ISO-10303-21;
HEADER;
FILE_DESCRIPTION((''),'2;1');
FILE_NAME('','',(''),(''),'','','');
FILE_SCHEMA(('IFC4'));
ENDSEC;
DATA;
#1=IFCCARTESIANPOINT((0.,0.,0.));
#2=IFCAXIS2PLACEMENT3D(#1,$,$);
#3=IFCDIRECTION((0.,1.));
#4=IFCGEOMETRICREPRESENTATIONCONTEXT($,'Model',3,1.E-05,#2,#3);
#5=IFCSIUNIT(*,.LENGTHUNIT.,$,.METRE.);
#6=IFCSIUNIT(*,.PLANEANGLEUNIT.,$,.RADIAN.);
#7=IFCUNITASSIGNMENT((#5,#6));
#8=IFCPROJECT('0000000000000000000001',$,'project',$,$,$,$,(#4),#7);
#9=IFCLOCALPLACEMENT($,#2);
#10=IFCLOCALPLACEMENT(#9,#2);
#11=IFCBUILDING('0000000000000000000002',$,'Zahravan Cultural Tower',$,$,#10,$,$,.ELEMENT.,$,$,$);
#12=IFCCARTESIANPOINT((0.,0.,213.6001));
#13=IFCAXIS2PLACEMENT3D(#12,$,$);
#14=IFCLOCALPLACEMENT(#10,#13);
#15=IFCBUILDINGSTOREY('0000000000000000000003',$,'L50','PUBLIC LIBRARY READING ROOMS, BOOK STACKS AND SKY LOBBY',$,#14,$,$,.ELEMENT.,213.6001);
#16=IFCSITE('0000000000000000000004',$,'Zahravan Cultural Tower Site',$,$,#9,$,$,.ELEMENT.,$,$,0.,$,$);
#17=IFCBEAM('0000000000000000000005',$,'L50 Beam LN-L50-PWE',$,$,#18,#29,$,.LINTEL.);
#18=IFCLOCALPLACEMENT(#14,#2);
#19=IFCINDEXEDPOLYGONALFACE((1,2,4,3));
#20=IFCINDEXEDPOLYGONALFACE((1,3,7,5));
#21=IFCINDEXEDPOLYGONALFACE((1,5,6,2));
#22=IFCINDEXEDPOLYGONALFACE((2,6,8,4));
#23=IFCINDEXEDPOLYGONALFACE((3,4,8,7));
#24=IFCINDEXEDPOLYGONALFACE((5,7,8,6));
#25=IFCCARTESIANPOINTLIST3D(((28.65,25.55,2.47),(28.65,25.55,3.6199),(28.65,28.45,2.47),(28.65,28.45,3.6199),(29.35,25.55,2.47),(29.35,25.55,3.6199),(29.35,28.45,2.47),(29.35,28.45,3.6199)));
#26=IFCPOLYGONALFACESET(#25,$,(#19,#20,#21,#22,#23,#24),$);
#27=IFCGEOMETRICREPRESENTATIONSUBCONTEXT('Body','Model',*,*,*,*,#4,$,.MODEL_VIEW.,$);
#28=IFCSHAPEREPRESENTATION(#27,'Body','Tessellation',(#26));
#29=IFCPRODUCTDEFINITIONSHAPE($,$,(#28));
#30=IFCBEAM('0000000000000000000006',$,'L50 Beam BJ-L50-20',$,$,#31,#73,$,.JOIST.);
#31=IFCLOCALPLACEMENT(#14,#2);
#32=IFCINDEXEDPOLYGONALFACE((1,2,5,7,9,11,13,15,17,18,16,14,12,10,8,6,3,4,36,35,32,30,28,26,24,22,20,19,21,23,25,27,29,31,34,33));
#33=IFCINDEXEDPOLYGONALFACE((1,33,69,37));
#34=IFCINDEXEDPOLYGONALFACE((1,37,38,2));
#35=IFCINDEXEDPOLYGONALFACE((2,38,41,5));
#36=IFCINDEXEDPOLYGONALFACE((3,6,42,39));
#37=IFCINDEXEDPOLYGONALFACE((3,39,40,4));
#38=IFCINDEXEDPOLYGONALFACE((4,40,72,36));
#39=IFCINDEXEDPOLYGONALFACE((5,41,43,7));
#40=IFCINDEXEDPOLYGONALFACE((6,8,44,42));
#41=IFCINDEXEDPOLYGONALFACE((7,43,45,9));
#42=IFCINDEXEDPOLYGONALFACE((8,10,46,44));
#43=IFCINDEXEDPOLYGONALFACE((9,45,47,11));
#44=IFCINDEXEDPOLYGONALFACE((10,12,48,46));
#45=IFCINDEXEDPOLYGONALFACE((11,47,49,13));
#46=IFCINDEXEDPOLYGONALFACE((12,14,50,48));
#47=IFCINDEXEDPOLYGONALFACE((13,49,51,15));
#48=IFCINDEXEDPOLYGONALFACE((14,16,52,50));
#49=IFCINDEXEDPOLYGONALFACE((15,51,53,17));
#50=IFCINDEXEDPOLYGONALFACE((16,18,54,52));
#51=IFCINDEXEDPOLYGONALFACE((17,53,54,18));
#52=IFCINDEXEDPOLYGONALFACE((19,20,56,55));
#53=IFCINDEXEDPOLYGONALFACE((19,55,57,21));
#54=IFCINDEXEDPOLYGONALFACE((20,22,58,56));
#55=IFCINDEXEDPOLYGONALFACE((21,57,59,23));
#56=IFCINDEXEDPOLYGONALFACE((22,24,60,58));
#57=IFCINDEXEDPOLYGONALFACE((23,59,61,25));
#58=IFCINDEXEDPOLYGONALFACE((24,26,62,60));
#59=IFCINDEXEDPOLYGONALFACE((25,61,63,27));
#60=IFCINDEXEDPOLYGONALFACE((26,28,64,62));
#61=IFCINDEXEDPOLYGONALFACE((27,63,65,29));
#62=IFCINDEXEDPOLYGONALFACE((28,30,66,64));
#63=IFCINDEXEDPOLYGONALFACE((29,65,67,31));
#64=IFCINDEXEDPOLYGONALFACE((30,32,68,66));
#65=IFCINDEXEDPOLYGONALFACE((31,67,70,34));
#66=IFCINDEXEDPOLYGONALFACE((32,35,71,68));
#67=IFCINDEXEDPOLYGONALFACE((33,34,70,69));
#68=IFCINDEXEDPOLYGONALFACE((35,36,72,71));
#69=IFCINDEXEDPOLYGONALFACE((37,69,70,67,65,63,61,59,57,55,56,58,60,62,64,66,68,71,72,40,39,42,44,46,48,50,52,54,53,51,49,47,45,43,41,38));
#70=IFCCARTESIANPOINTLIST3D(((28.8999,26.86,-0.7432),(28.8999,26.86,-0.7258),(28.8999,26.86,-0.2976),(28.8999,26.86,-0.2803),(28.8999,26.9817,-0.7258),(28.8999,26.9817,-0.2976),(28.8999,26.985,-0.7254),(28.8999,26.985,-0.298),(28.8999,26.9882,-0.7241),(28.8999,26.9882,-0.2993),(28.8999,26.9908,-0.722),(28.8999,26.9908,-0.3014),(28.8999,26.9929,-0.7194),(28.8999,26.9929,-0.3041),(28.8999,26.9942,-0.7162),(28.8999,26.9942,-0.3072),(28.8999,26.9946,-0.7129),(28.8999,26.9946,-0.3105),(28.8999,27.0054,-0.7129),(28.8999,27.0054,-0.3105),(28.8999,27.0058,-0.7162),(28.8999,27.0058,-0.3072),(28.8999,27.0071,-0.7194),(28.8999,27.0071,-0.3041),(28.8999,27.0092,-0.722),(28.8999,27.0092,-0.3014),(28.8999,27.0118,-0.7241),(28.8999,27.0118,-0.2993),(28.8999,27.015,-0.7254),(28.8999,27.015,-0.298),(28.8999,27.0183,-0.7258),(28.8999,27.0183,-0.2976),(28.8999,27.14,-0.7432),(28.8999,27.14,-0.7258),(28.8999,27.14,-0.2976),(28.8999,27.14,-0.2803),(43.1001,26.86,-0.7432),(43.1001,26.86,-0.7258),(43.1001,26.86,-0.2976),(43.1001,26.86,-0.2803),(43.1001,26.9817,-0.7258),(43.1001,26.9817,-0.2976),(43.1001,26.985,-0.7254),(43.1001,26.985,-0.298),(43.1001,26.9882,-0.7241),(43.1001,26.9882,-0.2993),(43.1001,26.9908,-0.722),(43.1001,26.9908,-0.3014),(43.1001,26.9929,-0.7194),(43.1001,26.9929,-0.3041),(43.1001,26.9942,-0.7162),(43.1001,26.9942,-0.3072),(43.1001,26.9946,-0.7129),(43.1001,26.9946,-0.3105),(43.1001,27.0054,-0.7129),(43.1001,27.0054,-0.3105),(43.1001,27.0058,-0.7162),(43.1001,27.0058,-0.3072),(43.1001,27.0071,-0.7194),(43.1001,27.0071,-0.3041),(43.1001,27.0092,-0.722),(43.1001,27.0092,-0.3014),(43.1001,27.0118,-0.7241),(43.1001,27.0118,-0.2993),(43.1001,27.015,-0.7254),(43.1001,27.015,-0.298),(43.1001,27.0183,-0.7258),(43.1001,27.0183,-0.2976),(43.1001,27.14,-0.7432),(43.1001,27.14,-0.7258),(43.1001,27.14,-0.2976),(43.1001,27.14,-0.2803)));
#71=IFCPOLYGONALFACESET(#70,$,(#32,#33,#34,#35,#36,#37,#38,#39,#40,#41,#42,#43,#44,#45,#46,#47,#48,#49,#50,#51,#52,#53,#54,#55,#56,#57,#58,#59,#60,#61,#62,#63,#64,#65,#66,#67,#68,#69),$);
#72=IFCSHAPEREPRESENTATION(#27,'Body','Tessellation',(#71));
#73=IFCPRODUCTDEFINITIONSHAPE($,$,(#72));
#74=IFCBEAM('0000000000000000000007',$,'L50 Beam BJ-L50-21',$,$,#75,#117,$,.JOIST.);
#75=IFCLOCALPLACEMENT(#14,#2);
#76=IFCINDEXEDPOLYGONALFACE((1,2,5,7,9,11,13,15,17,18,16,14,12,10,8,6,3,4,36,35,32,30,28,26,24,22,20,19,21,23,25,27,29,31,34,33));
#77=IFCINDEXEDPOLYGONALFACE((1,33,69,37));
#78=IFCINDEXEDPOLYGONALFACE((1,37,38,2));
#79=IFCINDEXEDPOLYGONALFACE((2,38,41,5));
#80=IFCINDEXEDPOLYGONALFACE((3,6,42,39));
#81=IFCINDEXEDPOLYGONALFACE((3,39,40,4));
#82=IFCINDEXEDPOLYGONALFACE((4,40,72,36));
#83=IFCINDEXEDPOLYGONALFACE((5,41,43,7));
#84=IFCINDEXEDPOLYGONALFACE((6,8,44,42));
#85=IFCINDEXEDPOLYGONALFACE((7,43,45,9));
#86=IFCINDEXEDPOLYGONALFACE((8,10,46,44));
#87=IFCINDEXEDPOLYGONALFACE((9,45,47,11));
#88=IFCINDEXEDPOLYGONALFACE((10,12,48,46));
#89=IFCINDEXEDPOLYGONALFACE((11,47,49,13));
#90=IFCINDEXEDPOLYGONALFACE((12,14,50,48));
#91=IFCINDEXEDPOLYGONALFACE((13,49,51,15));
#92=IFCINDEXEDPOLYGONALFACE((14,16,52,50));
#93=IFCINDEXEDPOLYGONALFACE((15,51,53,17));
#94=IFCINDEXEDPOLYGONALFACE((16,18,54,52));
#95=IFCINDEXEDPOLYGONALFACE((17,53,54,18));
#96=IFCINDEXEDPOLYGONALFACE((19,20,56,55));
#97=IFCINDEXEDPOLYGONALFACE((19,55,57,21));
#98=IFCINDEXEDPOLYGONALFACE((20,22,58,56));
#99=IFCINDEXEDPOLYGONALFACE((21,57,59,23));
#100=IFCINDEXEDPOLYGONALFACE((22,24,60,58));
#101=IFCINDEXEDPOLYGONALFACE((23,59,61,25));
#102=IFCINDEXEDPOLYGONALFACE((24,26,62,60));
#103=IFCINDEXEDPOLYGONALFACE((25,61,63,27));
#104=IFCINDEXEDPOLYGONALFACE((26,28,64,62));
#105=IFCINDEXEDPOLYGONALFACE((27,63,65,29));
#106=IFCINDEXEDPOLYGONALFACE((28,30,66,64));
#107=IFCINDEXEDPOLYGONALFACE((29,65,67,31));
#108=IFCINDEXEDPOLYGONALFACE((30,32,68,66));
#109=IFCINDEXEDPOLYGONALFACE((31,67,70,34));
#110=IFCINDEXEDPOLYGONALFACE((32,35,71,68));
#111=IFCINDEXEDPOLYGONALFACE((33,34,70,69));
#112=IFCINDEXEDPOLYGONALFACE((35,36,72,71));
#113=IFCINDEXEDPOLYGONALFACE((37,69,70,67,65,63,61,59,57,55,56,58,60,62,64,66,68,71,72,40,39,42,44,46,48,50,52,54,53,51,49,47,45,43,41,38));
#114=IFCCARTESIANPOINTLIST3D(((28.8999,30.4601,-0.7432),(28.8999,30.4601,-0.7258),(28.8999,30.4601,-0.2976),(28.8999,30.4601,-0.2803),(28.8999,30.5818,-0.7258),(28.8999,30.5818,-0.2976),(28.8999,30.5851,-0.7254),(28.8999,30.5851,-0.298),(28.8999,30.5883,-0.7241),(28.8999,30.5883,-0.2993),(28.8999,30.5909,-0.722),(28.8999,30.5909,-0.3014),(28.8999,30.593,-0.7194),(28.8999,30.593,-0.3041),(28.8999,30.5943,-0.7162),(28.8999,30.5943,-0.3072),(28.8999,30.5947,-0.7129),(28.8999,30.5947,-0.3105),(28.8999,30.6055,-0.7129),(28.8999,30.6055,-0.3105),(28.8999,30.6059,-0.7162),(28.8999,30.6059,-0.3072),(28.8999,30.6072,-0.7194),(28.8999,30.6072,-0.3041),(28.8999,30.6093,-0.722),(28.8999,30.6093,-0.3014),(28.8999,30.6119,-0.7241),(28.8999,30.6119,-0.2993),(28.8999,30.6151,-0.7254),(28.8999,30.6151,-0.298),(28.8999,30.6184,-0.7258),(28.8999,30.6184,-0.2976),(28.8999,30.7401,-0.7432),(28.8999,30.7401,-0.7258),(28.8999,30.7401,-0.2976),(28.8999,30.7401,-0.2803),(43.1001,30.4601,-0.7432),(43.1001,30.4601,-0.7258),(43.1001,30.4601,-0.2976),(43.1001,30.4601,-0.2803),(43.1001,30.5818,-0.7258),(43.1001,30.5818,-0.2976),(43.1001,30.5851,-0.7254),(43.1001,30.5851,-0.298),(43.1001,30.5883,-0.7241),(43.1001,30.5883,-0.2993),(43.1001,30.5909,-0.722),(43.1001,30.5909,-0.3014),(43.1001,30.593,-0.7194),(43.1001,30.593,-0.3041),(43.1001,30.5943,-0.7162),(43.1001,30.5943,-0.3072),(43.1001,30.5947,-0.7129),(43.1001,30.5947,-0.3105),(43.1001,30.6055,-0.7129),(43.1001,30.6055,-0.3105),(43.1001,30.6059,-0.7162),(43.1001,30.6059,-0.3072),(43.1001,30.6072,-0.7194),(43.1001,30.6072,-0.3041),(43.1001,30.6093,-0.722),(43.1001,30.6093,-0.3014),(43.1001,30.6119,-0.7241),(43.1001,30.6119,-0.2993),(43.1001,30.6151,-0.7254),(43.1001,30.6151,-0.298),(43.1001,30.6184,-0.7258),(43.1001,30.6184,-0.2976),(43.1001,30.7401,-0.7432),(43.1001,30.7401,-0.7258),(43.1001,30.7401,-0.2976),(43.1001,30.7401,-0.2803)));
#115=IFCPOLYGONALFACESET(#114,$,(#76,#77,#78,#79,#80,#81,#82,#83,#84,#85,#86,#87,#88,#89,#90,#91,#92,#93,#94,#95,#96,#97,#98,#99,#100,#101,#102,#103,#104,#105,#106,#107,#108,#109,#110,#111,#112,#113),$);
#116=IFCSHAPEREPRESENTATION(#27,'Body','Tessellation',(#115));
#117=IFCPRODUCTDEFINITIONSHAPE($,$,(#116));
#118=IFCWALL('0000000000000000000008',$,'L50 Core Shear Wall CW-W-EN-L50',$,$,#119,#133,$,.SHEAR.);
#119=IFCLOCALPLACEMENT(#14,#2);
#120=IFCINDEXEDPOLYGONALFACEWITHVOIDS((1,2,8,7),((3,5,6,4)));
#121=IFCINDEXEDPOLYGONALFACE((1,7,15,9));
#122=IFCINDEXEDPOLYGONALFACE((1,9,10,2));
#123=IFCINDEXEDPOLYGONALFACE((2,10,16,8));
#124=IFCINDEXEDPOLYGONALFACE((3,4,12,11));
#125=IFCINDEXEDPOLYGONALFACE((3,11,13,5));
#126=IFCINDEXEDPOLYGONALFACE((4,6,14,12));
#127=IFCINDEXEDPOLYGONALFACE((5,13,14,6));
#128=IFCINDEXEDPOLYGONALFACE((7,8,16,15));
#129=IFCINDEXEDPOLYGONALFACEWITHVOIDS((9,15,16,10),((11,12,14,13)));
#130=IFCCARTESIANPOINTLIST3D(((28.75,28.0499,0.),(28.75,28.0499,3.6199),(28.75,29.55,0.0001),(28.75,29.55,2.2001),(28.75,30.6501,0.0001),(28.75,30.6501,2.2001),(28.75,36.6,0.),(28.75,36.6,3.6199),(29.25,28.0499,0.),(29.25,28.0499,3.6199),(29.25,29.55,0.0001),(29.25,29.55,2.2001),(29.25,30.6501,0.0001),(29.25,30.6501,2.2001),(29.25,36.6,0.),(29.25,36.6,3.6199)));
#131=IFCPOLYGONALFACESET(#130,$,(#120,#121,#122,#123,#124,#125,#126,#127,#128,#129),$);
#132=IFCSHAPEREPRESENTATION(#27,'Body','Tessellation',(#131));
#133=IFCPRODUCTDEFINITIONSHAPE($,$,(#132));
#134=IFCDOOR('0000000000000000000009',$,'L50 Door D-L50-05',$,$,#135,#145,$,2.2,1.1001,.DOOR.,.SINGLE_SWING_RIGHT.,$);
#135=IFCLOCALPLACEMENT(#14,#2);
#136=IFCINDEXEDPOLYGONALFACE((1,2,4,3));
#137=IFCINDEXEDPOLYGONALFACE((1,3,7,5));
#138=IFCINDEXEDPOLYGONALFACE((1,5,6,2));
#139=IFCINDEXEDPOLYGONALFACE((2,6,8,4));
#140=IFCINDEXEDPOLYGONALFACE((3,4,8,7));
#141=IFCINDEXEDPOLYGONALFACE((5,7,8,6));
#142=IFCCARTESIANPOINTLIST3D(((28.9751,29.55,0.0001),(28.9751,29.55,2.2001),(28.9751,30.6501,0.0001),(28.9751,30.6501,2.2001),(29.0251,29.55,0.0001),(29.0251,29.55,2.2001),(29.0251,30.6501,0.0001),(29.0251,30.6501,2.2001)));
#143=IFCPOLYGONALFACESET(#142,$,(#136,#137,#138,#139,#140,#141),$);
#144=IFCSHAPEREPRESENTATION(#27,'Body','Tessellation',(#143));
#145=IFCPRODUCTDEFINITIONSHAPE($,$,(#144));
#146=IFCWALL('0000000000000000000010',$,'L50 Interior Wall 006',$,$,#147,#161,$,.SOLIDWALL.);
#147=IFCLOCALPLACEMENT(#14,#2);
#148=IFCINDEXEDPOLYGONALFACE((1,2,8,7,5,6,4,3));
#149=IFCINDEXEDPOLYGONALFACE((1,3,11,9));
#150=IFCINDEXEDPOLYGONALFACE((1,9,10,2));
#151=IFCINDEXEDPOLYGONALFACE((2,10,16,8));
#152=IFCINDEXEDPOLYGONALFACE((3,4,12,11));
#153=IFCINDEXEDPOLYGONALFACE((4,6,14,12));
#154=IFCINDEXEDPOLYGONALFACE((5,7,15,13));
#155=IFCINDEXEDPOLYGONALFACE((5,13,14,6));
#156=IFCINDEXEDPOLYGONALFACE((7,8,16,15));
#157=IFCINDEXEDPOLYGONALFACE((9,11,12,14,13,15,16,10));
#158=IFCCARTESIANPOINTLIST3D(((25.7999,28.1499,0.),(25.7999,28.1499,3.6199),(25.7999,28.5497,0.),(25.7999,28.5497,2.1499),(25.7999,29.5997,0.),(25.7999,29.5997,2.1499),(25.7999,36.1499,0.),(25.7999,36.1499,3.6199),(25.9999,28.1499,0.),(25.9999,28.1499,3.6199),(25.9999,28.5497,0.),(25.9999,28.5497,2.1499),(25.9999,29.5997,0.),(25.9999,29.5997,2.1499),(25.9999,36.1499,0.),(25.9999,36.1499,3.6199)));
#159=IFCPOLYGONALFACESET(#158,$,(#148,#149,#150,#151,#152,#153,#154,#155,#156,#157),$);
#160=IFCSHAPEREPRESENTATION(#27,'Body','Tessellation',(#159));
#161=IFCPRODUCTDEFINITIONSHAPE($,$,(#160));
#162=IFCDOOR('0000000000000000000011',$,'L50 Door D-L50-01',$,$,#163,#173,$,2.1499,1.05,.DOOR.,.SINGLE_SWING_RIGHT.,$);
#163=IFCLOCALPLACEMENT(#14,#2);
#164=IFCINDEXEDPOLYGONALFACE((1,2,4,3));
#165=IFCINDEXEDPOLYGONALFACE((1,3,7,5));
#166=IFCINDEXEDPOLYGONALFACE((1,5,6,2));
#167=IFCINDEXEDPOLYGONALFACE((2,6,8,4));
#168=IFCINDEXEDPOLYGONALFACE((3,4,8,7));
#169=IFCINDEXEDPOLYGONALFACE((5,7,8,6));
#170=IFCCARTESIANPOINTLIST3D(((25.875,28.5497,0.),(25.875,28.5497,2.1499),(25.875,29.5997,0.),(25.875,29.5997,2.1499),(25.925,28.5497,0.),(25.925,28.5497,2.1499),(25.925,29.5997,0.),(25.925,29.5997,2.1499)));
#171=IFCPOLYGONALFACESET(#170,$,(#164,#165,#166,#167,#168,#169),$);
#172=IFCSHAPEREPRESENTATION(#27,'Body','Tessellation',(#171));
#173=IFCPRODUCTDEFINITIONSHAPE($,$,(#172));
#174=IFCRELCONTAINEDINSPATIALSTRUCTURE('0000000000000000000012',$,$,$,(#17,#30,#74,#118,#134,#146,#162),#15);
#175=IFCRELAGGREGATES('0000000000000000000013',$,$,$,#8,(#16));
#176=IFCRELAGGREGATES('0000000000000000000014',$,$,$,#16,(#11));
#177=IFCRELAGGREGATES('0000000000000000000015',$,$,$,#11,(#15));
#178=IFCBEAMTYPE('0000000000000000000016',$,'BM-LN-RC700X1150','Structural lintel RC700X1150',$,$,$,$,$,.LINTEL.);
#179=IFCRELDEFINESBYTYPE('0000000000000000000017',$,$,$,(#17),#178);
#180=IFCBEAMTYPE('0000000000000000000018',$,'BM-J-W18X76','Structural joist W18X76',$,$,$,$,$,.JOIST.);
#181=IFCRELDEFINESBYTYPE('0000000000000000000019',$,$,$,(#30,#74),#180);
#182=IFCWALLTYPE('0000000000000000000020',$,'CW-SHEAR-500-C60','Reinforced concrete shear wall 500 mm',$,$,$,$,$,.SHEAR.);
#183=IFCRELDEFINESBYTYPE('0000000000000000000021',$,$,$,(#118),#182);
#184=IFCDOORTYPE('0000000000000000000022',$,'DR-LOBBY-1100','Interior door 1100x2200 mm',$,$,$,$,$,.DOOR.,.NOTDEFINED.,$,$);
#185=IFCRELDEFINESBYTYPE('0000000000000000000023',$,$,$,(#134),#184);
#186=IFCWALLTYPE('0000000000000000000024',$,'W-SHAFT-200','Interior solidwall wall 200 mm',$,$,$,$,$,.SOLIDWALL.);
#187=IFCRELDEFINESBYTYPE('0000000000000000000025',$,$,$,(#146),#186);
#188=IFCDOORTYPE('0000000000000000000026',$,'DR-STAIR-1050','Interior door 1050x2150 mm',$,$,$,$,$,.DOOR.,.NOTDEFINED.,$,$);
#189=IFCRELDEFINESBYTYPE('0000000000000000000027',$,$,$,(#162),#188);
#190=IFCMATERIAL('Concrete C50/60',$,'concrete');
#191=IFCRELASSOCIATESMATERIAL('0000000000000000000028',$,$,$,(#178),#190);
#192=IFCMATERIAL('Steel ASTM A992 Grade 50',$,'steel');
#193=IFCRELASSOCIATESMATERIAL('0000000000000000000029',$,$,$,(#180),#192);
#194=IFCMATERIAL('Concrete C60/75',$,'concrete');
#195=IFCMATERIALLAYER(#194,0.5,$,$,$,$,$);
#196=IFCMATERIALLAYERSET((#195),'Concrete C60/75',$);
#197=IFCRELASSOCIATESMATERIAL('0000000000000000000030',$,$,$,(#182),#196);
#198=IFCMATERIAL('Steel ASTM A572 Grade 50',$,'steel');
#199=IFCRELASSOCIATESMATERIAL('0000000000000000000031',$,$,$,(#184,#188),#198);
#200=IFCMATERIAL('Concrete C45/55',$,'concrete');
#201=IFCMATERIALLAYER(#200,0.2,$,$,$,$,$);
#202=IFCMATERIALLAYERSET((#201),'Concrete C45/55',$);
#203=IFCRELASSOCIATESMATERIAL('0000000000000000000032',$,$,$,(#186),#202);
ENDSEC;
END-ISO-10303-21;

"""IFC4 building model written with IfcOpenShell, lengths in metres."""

from ifc_helpers import new_model, si_unit, direction, frame, frame_2d, origin, origin_2d, place, context, subcontext, project, spatial, rectangle, i_section, extrude, source, transform, mapped, material, layer, layer_set, material_profile, profile_set, type_object, element, fill, save


model = new_model("IFC4")

# Units and contexts
model_context = context("Model", 3, precision=1e-05, world=origin(), true_north=direction((0.0, 1.0)))
body_context = subcontext(model_context, "Body", "Model", "MODEL_VIEW")
ifc_project = project(units=[si_unit("LENGTHUNIT", "METRE"), si_unit("PLANEANGLEUNIT", "RADIAN")], contexts=[model_context])

# Site, building, storey
site_placement = place(None, origin())
site = spatial("IfcSite", under=ifc_project, at=site_placement, Name="Zahravan Cultural Tower Site", CompositionType="ELEMENT", RefElevation=0.0)
building_placement = place(site_placement, origin())
building = spatial("IfcBuilding", under=site, at=building_placement, Name="Zahravan Cultural Tower", CompositionType="ELEMENT")
storey_placement = place(building_placement, frame((0.0, 0.0, 213.6001)))
storey = spatial("IfcBuildingStorey", under=building, at=storey_placement, Name="L50", Description="PUBLIC LIBRARY READING ROOMS, BOOK STACKS AND SKY LOBBY", CompositionType="ELEMENT", Elevation=213.6001)

# Beams
ifc_material_1 = material(Name="Concrete C50/60", Category="concrete")
ifc_material_profile_1 = material_profile(ifc_material_1, rectangle(XDim=0.7, YDim=1.1499, at=origin_2d()), Name="RC700X1150")
ifc_profile_set_1 = profile_set([ifc_material_profile_1], Name="Concrete C50/60")
beam_type_1 = type_object("IfcBeamType", Name="BM-LN-RC700X1150", Description="Structural lintel RC700X1150", PredefinedType="LINTEL", material=ifc_profile_set_1)
shared_shape_1 = source(origin(), body_context, "Body", "SweptSolid", [
    extrude(rectangle(XDim=0.7, YDim=1.1499, at=origin_2d()), origin(), (0.0, 0.0, 1.0), 2.8999),
])
beam_placement = place(storey_placement, frame((29.0, 25.55, 3.0449), z_axis=(0.0, 1.0, 0.0), x_axis=(-1.0, 0.0, 0.0)))
element("IfcBeam", 1, at=beam_placement, inside=storey, type_object=beam_type_1, Name="L50 Beam LN-L50-PWE", PredefinedType="LINTEL", context=body_context, shape_type="MappedRepresentation", body=[
    mapped(shared_shape_1, transform((0.0, 0.0, 0.0), x_axis=(1.0, 0.0, 0.0), y_axis=(0.0, 1.0, 0.0), z_axis=(0.0, 0.0, 1.0), scale=1.0)),
])
ifc_material_2 = material(Name="Steel ASTM A992 Grade 50", Category="steel")
ifc_material_profile_2 = material_profile(ifc_material_2, i_section(OverallWidth=0.28, OverallDepth=0.4629, WebThickness=0.0107, FlangeThickness=0.0173, FilletRadius=0.0129, at=origin_2d()), Name="W18X76")
ifc_profile_set_2 = profile_set([ifc_material_profile_2], Name="Steel ASTM A992 Grade 50")
beam_type_2 = type_object("IfcBeamType", Name="BM-J-W18X76", Description="Structural joist W18X76", PredefinedType="JOIST", material=ifc_profile_set_2)
shared_shape_2 = source(origin(), body_context, "Body", "SweptSolid", [
    extrude(i_section(OverallWidth=0.28, OverallDepth=0.4629, WebThickness=0.0107, FlangeThickness=0.0173, FilletRadius=0.0129, at=origin_2d()), origin(), (0.0, 0.0, 1.0), 14.2002),
])
for number, where, z_axis, x_axis, name in (
    (2, (28.8999, 27.0, -0.5117), (1.0, 0.0, 0.0), (0.0, 1.0, 0.0), "L50 Beam BJ-L50-20"),
    (3, (28.8999, 30.6001, -0.5117), (1.0, 0.0, 0.0), (0.0, 1.0, 0.0), "L50 Beam BJ-L50-21"),
):
    element("IfcBeam", number, at=place(storey_placement, frame(where, z_axis=z_axis, x_axis=x_axis)), inside=storey, type_object=beam_type_2, Name=name, PredefinedType="JOIST", context=body_context, shape_type="MappedRepresentation", body=[
        mapped(shared_shape_2, transform((0.0, 0.0, 0.0), x_axis=(1.0, 0.0, 0.0), y_axis=(0.0, 1.0, 0.0), z_axis=(0.0, 0.0, 1.0), scale=1.0)),
    ])

# Walls, openings, doors
ifc_material_3 = material(Name="Concrete C60/75", Category="concrete")
ifc_layer_1 = layer(ifc_material_3, 0.5)
ifc_layer_set_1 = layer_set([ifc_layer_1], Name="Concrete C60/75")
wall_type_1 = type_object("IfcWallType", Name="CW-SHEAR-500-C60", Description="Reinforced concrete shear wall 500 mm", PredefinedType="SHEAR", material=ifc_layer_set_1)
wall_1_placement = place(storey_placement, frame((29.0, 28.05, 0.0), z_axis=(0.0, 0.0, 1.0), x_axis=(0.0, 1.0, 0.0)))
wall_1 = element("IfcWall", 4, at=wall_1_placement, inside=storey, type_object=wall_type_1, Name="L50 Core Shear Wall CW-W-EN-L50", PredefinedType="SHEAR", context=body_context, shape_type="SweptSolid", body=[
    extrude(rectangle(XDim=8.55, YDim=0.5, at=frame_2d((4.2749, 0.0))), origin(), (0.0, 0.0, 1.0), 3.6199),
])
opening_1_placement = place(wall_1_placement, frame((1.5, 0.0, 0.0)))
opening_1 = element("IfcOpeningElement", 5, at=opening_1_placement, cuts=wall_1, PredefinedType="OPENING", context=body_context, shape_type="SweptSolid", body=[
    extrude(rectangle(XDim=1.1001, YDim=2.2, at=frame_2d((0.55, 1.1001))), frame((0.0, 0.26, 0.0), z_axis=(0.0, -1.0, 0.0), x_axis=(1.0, 0.0, 0.0)), (0.0, 0.0, 1.0), 0.52),
])
ifc_material_4 = material(Name="Steel ASTM A572 Grade 50", Category="steel")
door_type_1 = type_object("IfcDoorType", Name="DR-LOBBY-1100", Description="Interior door 1100x2200 mm", OperationType="NOTDEFINED", PredefinedType="DOOR", material=ifc_material_4)
shared_shape_3 = source(origin(), body_context, "Body", "SweptSolid", [
    extrude(rectangle(XDim=1.1001, YDim=2.2, at=frame_2d((0.55, 1.1001))), frame((0.0, 0.0249, 0.0), z_axis=(0.0, -1.0, 0.0), x_axis=(1.0, 0.0, 0.0)), (0.0, 0.0, 1.0), 0.05),
])
door_1_placement = place(opening_1_placement, origin())
door_1 = element("IfcDoor", 6, at=door_1_placement, inside=storey, type_object=door_type_1, Name="L50 Door D-L50-05", OperationType="SINGLE_SWING_RIGHT", OverallHeight=2.2, OverallWidth=1.1001, PredefinedType="DOOR", context=body_context, shape_type="MappedRepresentation", body=[
    mapped(shared_shape_3, transform((0.0, 0.0, 0.0), x_axis=(1.0, 0.0, 0.0), y_axis=(0.0, 1.0, 0.0), z_axis=(0.0, 0.0, 1.0), scale=1.0)),
])
fill(opening_1, door_1)
ifc_material_5 = material(Name="Concrete C45/55", Category="concrete")
ifc_layer_2 = layer(ifc_material_5, 0.2)
ifc_layer_set_2 = layer_set([ifc_layer_2], Name="Concrete C45/55")
wall_type_2 = type_object("IfcWallType", Name="W-SHAFT-200", Description="Interior solidwall wall 200 mm", PredefinedType="SOLIDWALL", material=ifc_layer_set_2)
wall_2_placement = place(storey_placement, frame((25.8999, 28.1499, 0.0), z_axis=(0.0, 0.0, 1.0), x_axis=(0.0, 1.0, 0.0)))
wall_2 = element("IfcWall", 7, at=wall_2_placement, inside=storey, type_object=wall_type_2, Name="L50 Interior Wall 006", PredefinedType="SOLIDWALL", context=body_context, shape_type="SweptSolid", body=[
    extrude(rectangle(XDim=8.0, YDim=0.2, at=frame_2d((4.0, 0.0))), origin(), (0.0, 0.0, 1.0), 3.6199),
])
opening_2_placement = place(wall_2_placement, frame((0.3999, 0.0, 0.0)))
opening_2 = element("IfcOpeningElement", 8, at=opening_2_placement, cuts=wall_2, PredefinedType="OPENING", context=body_context, shape_type="SweptSolid", body=[
    extrude(rectangle(XDim=1.05, YDim=2.1499, at=frame_2d((0.5249, 1.075))), frame((0.0, 0.1099, 0.0), z_axis=(0.0, -1.0, 0.0), x_axis=(1.0, 0.0, 0.0)), (0.0, 0.0, 1.0), 0.22),
])
door_type_2 = type_object("IfcDoorType", Name="DR-STAIR-1050", Description="Interior door 1050x2150 mm", OperationType="NOTDEFINED", PredefinedType="DOOR", material=ifc_material_4)
shared_shape_4 = source(origin(), body_context, "Body", "SweptSolid", [
    extrude(rectangle(XDim=1.05, YDim=2.1499, at=frame_2d((0.5249, 1.075))), frame((0.0, 0.0249, 0.0), z_axis=(0.0, -1.0, 0.0), x_axis=(1.0, 0.0, 0.0)), (0.0, 0.0, 1.0), 0.05),
])
door_2_placement = place(opening_2_placement, origin())
door_2 = element("IfcDoor", 9, at=door_2_placement, inside=storey, type_object=door_type_2, Name="L50 Door D-L50-01", OperationType="SINGLE_SWING_RIGHT", OverallHeight=2.1499, OverallWidth=1.05, PredefinedType="DOOR", context=body_context, shape_type="MappedRepresentation", body=[
    mapped(shared_shape_4, transform((0.0, 0.0, 0.0), x_axis=(1.0, 0.0, 0.0), y_axis=(0.0, 1.0, 0.0), z_axis=(0.0, 0.0, 1.0), scale=1.0)),
])
fill(opening_2, door_2)

save(model, "model.ifc")
